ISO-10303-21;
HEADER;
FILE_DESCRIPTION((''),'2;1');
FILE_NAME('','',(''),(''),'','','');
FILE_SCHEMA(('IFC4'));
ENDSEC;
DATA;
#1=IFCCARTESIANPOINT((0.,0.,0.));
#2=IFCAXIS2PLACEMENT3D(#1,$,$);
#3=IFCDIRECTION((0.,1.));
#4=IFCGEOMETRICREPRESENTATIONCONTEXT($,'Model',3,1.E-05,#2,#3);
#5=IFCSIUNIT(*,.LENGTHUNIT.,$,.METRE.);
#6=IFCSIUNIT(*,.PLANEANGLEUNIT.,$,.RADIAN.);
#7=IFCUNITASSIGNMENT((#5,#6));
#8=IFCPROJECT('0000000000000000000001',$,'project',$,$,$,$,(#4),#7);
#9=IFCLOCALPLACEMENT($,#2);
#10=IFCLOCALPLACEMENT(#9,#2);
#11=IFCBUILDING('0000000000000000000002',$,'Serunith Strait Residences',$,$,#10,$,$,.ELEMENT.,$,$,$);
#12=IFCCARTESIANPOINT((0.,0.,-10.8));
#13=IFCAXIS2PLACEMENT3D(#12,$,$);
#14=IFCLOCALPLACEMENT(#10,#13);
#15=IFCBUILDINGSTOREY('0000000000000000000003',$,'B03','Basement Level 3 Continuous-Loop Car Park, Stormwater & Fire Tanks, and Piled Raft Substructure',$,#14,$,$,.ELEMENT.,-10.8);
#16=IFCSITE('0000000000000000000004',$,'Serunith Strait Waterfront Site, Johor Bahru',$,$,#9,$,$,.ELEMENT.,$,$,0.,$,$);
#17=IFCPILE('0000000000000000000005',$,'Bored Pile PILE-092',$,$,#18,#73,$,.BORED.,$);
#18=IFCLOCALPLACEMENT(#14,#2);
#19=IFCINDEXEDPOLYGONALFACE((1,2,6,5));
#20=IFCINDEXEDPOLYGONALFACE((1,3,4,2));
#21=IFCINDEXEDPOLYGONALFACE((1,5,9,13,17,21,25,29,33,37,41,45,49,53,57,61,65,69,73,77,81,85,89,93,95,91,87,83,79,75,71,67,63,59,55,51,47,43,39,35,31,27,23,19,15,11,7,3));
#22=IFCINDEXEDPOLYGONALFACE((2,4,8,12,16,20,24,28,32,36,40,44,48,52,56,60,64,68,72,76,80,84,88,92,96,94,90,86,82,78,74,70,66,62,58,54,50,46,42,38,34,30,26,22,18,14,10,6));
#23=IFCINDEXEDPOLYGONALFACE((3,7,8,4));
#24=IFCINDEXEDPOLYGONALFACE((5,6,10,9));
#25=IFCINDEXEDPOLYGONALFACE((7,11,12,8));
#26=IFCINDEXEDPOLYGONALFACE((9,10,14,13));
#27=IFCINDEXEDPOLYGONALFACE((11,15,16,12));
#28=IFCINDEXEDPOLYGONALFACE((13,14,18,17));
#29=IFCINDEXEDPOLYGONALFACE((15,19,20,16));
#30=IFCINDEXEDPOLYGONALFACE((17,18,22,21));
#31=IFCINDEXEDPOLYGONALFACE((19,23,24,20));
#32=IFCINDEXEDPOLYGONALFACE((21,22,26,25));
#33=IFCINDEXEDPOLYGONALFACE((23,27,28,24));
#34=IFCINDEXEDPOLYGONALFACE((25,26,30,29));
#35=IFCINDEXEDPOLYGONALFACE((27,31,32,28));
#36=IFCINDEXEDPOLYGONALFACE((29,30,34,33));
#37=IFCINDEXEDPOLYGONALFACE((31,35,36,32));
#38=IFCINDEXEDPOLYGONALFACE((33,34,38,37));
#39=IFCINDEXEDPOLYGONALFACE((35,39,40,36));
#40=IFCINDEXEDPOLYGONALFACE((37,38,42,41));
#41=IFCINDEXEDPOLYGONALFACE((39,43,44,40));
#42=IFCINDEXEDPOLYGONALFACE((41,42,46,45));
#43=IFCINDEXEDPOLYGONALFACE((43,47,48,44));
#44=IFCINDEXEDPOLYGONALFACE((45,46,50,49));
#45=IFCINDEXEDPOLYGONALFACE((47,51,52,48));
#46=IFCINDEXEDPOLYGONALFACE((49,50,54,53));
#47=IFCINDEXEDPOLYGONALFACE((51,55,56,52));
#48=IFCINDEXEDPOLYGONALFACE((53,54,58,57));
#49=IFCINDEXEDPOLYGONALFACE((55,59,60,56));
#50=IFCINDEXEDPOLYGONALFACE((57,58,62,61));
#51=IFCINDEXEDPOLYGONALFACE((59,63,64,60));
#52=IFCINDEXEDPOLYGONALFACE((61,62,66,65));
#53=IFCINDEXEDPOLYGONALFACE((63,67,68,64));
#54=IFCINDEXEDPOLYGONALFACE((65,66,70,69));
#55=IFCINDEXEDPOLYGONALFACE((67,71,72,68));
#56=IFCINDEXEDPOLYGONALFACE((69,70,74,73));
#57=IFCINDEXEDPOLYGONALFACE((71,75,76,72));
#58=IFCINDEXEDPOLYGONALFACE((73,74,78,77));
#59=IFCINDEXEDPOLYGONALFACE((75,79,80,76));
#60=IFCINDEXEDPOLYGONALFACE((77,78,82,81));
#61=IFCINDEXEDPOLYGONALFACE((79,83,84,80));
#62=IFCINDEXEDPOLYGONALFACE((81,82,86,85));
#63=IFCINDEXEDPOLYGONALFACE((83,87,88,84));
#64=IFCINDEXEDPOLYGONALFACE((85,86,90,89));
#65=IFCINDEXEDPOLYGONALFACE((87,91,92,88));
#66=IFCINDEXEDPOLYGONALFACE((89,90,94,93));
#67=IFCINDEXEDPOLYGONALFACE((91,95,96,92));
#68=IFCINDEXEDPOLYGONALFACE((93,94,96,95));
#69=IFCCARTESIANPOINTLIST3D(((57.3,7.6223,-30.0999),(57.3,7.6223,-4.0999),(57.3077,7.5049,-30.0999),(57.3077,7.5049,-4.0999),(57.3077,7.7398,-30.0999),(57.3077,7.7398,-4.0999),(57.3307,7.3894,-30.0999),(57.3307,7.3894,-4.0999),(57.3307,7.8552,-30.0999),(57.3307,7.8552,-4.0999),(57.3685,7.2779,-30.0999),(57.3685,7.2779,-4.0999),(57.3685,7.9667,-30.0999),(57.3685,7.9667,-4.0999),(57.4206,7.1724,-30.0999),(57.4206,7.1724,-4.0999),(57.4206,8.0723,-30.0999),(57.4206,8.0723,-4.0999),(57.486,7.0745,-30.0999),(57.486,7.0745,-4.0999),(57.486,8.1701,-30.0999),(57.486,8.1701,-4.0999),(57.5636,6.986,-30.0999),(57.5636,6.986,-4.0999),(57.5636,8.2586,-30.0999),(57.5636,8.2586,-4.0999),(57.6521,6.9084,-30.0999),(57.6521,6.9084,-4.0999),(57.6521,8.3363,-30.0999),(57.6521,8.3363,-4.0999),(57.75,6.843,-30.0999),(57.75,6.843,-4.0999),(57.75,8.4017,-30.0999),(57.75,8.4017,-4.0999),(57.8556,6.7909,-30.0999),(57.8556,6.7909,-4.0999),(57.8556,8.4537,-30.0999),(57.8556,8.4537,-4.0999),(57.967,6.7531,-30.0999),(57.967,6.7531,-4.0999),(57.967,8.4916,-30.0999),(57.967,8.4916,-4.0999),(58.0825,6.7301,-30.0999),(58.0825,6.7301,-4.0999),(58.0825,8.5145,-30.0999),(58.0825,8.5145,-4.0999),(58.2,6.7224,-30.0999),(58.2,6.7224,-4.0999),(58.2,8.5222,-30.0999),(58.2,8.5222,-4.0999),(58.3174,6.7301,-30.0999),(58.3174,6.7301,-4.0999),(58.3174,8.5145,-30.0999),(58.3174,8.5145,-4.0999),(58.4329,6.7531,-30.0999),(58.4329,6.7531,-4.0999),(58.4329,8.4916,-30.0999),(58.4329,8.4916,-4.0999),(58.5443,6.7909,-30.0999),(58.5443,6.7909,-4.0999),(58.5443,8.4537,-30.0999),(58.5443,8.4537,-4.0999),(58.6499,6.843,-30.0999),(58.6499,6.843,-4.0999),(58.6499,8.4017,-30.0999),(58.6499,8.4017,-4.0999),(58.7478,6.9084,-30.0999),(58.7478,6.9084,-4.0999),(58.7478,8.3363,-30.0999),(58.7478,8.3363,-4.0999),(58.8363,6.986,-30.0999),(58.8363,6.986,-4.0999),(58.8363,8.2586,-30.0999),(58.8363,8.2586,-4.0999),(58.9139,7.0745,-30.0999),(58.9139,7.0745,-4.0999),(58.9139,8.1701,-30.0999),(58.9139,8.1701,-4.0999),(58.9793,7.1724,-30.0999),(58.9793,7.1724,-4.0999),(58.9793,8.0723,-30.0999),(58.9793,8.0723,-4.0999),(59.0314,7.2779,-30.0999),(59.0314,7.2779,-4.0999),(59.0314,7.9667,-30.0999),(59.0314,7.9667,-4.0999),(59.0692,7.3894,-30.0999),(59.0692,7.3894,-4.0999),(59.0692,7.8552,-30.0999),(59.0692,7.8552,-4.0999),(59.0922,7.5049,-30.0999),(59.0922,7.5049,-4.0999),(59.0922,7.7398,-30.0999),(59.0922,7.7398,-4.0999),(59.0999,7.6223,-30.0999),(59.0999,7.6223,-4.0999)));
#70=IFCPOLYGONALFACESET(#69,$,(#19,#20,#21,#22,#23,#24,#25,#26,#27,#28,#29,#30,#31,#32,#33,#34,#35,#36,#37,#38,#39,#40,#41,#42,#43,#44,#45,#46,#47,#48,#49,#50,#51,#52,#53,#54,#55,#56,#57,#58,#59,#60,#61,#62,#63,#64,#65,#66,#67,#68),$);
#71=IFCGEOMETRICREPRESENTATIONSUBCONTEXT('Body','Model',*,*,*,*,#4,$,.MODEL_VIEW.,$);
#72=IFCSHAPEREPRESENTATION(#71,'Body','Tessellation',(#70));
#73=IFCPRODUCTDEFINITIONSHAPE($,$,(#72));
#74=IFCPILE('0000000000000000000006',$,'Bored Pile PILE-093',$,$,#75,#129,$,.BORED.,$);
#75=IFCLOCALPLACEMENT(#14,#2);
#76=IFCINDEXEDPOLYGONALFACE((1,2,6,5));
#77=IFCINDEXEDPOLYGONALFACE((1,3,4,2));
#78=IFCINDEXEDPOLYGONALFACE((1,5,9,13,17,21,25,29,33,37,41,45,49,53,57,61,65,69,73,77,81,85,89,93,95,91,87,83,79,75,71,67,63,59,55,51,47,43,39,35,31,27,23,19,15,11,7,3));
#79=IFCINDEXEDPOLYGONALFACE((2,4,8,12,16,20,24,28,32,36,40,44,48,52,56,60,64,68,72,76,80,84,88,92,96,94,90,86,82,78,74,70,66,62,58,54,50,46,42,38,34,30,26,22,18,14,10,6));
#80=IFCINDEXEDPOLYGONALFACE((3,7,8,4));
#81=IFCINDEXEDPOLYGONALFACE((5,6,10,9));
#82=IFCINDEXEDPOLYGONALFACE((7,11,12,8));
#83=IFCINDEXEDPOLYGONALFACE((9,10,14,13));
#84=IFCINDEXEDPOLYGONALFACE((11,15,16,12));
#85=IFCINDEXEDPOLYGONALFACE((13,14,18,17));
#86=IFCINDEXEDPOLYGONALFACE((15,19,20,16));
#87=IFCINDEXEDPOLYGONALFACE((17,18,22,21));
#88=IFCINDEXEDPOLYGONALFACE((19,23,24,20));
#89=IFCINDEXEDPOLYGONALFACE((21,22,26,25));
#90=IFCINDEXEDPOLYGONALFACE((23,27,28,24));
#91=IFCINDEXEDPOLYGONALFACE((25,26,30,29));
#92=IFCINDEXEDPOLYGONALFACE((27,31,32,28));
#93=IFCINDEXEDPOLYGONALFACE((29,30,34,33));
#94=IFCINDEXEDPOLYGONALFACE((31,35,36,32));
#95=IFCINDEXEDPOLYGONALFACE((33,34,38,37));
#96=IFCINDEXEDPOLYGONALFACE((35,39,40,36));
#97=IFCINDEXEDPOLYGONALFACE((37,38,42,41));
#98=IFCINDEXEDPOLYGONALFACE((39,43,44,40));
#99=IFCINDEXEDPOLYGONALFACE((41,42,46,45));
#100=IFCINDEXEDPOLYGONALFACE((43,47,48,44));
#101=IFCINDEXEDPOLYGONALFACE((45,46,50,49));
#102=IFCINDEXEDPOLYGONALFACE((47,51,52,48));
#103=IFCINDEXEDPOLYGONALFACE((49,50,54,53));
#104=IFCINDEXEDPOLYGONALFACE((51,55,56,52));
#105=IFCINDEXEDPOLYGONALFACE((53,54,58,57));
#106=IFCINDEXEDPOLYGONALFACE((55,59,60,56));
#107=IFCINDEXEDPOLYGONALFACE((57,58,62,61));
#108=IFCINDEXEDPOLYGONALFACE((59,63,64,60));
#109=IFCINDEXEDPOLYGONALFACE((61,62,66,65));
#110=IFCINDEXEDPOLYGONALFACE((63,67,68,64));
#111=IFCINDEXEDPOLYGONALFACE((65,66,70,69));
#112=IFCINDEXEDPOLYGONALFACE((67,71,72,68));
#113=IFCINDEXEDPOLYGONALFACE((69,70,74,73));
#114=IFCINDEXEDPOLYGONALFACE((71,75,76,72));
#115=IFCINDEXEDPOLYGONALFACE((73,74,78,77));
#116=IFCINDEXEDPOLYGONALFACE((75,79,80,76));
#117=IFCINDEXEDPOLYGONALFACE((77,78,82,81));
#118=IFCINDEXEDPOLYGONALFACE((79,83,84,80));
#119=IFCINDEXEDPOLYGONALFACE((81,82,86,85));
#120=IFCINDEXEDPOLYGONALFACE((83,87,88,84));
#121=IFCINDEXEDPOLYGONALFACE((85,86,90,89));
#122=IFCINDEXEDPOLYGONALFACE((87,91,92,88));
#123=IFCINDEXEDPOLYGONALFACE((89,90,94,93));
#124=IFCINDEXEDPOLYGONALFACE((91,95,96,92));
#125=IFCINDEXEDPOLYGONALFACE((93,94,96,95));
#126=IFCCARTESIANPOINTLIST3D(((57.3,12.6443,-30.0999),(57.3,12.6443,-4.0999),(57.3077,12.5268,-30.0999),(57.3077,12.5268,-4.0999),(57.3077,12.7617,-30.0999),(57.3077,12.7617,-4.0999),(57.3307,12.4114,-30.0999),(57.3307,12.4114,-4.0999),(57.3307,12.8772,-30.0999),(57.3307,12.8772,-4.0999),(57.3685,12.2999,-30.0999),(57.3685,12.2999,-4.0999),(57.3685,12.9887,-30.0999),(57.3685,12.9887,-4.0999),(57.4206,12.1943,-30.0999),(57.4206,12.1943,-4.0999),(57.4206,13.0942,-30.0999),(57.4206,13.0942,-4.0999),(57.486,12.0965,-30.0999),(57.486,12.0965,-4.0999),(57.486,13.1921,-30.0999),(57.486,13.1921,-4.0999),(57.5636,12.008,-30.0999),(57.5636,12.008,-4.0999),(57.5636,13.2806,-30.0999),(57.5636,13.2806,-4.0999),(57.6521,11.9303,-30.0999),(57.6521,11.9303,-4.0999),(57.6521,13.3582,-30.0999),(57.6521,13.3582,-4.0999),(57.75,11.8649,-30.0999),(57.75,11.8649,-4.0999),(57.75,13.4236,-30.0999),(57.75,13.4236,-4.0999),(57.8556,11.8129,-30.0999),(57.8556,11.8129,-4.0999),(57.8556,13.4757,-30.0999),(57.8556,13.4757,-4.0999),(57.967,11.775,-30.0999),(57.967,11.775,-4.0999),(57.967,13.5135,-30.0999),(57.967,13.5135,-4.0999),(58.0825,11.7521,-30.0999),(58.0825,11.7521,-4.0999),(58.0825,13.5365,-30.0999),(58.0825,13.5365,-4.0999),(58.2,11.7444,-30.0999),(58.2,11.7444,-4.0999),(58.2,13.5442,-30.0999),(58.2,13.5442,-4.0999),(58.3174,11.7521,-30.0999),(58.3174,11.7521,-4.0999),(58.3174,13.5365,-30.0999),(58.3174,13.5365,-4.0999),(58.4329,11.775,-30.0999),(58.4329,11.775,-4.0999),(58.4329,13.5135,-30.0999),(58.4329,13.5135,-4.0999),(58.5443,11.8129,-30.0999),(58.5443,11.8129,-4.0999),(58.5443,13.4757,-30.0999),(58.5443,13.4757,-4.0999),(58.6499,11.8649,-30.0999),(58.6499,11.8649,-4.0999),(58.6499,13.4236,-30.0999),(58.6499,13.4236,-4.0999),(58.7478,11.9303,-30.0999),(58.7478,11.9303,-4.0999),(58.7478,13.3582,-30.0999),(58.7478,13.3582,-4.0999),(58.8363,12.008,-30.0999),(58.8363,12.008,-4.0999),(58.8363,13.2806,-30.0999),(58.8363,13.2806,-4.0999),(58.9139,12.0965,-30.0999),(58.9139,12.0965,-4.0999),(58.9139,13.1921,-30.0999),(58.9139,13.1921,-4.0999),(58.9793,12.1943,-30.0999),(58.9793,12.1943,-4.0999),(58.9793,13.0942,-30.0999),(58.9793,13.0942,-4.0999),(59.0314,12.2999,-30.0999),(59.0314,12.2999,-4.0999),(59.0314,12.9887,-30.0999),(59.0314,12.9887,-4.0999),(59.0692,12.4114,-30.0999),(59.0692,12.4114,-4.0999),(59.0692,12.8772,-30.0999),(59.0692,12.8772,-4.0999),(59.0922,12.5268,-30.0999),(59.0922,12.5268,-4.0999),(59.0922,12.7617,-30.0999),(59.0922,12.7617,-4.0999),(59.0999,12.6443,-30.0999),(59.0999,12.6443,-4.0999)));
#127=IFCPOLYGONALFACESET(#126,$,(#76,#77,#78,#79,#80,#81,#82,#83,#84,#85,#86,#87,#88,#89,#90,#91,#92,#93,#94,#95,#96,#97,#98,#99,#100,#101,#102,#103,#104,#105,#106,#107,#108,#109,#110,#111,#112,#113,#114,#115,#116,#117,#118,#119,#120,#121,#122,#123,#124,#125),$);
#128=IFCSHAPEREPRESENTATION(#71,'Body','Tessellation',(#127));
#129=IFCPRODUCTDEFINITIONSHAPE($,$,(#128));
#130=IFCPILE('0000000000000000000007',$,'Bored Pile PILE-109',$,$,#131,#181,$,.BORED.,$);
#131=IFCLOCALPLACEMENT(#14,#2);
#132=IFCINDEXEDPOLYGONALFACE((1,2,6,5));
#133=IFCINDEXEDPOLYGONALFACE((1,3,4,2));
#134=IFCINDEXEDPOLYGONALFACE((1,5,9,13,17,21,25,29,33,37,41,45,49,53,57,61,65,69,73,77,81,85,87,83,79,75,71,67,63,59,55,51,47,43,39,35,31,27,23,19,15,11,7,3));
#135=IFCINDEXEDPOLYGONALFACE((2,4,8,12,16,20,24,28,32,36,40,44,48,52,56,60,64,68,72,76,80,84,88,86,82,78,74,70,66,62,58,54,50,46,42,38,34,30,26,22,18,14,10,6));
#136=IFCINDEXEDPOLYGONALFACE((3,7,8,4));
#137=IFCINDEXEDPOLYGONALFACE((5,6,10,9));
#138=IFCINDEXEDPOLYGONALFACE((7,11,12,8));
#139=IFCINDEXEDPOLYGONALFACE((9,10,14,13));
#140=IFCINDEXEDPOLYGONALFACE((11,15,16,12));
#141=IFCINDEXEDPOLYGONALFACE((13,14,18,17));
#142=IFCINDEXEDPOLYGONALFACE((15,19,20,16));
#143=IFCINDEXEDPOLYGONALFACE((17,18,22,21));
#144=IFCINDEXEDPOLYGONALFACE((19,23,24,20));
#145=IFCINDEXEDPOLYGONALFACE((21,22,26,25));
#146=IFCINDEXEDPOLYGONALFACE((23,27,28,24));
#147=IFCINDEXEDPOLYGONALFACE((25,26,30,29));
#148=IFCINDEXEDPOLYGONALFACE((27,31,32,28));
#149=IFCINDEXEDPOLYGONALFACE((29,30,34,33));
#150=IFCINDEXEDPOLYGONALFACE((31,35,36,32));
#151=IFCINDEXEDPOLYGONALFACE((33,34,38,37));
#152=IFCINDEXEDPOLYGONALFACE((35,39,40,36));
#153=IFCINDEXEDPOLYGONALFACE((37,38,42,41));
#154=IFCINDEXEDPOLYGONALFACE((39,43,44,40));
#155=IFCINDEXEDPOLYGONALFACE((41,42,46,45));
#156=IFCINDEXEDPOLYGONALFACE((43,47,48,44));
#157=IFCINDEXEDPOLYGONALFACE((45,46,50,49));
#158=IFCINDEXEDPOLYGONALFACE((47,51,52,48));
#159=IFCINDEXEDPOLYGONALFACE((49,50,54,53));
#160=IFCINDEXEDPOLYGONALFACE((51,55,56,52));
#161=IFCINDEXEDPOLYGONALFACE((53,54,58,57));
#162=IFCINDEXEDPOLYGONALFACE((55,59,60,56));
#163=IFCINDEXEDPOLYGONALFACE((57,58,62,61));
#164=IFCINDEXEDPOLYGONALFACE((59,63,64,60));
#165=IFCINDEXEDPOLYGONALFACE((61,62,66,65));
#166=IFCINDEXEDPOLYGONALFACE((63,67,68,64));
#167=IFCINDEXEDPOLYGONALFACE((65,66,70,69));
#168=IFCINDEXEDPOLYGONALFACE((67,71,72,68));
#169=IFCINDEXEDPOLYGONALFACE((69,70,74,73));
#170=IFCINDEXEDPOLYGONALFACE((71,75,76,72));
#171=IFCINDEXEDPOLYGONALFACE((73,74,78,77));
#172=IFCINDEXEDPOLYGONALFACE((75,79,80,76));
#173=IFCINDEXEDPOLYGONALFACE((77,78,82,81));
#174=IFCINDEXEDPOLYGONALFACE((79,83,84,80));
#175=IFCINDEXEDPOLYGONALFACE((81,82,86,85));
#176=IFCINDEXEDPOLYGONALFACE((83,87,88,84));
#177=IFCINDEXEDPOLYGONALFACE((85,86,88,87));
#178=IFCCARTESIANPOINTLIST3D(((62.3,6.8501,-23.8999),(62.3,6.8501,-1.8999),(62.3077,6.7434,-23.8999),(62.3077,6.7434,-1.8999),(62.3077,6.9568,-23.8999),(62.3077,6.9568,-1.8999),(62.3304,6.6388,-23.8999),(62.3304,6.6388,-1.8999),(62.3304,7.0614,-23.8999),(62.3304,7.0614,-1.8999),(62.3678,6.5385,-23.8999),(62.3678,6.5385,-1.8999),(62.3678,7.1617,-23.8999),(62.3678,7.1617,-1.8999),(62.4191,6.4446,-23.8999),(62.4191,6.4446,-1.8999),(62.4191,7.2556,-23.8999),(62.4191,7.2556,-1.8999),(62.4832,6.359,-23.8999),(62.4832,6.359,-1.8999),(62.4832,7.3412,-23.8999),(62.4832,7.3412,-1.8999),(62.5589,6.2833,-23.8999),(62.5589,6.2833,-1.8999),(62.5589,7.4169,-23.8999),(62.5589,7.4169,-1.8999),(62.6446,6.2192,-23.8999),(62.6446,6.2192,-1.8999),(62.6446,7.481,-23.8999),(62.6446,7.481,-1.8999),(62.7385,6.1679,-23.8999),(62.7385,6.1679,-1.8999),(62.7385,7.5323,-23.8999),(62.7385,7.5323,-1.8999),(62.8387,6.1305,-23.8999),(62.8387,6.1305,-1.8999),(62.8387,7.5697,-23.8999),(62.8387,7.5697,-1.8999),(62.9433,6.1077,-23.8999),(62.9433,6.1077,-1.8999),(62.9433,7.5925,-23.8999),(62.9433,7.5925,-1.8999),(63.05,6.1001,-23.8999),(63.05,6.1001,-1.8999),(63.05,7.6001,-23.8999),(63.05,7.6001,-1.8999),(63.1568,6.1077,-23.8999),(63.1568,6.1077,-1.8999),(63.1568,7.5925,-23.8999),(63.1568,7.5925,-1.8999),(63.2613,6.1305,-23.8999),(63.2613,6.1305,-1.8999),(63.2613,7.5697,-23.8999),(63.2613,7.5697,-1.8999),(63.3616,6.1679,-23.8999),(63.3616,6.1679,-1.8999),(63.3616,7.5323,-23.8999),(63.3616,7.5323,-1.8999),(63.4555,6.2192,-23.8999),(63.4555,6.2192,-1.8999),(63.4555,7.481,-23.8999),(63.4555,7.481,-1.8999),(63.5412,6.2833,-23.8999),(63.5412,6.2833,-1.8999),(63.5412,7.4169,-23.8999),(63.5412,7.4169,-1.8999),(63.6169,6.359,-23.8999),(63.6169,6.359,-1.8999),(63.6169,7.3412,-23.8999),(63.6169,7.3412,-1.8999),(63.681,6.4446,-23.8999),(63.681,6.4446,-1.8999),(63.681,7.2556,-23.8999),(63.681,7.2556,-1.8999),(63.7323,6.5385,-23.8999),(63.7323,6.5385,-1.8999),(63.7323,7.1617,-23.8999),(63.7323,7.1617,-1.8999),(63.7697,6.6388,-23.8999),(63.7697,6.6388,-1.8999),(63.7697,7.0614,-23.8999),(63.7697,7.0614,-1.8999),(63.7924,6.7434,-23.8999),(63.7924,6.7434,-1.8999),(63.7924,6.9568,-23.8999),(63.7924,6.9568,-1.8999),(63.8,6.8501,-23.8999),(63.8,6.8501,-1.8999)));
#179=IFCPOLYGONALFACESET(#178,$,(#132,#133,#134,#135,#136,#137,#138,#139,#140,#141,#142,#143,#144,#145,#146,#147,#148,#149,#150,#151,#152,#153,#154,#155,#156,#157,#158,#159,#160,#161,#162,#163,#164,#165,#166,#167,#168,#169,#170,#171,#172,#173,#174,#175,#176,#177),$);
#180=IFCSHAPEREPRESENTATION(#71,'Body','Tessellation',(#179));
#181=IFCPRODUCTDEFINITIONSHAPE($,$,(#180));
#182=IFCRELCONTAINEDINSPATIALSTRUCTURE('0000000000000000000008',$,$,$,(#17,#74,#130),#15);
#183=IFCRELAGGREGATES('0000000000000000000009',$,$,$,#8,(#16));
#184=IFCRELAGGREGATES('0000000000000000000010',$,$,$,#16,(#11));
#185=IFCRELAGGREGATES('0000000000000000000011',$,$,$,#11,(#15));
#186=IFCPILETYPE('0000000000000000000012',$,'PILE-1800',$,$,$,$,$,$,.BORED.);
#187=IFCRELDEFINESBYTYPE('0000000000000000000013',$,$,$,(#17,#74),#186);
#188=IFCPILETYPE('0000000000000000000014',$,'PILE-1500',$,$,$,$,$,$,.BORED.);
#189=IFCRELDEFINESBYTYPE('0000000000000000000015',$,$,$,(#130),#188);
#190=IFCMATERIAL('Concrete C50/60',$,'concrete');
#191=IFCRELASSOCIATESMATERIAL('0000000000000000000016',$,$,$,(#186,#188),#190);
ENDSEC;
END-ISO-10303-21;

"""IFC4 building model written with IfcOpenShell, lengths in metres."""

from ifc_helpers import new_model, si_unit, direction, frame, origin, origin_2d, place, context, subcontext, project, spatial, circle, extrude, source, transform, mapped, material, material_profile, profile_set, type_object, element, save


model = new_model("IFC4")

# Units and contexts
model_context = context("Model", 3, precision=1e-05, world=origin(), true_north=direction((0.0, 1.0)))
body_context = subcontext(model_context, "Body", "Model", "MODEL_VIEW")
ifc_project = project(units=[si_unit("LENGTHUNIT", "METRE"), si_unit("PLANEANGLEUNIT", "RADIAN")], contexts=[model_context])

# Site, building, storey
site_placement = place(None, origin())
site = spatial("IfcSite", under=ifc_project, at=site_placement, Name="Serunith Strait Waterfront Site, Johor Bahru", CompositionType="ELEMENT", RefElevation=0.0)
building_placement = place(site_placement, origin())
building = spatial("IfcBuilding", under=site, at=building_placement, Name="Serunith Strait Residences", CompositionType="ELEMENT")
storey_placement = place(building_placement, frame((0.0, 0.0, -10.8)))
storey = spatial("IfcBuildingStorey", under=building, at=storey_placement, Name="B03", Description="Basement Level 3 Continuous-Loop Car Park, Stormwater & Fire Tanks, and Piled Raft Substructure", CompositionType="ELEMENT", Elevation=-10.8)

# Shared definitions
ifc_material_1 = material(Name="Concrete C50/60", Category="concrete")

# Piles
ifc_material_profile_1 = material_profile(ifc_material_1, circle(Radius=0.8999, at=origin_2d()), Name="PILE D1800")
ifc_profile_set_1 = profile_set([ifc_material_profile_1], Name="Concrete C50/60")
pile_type_1 = type_object("IfcPileType", Name="PILE-1800", PredefinedType="BORED", material=ifc_profile_set_1)
shared_shape_1 = source(origin(), body_context, "Body", "SweptSolid", [
    extrude(circle(Radius=0.8999, at=origin_2d()), origin(), (0.0, 0.0, 1.0), 26.0),
])
for number, where, z_axis, x_axis, name in (
    (1, (58.2, 7.6223, -4.0999), (0.0, 0.0, -1.0), (1.0, 0.0, 0.0), "Bored Pile PILE-092"),
    (2, (58.2, 12.6443, -4.0999), (0.0, 0.0, -1.0), (1.0, 0.0, 0.0), "Bored Pile PILE-093"),
):
    element("IfcPile", number, at=place(storey_placement, frame(where, z_axis=z_axis, x_axis=x_axis)), inside=storey, type_object=pile_type_1, Name=name, PredefinedType="BORED", context=body_context, shape_type="MappedRepresentation", body=[
        mapped(shared_shape_1, transform((0.0, 0.0, 0.0), scale=1.0)),
    ])
ifc_material_profile_2 = material_profile(ifc_material_1, circle(Radius=0.75, at=origin_2d()), Name="PILE D1500")
ifc_profile_set_2 = profile_set([ifc_material_profile_2], Name="Concrete C50/60")
pile_type_2 = type_object("IfcPileType", Name="PILE-1500", PredefinedType="BORED", material=ifc_profile_set_2)
shared_shape_2 = source(origin(), body_context, "Body", "SweptSolid", [
    extrude(circle(Radius=0.75, at=origin_2d()), origin(), (0.0, 0.0, 1.0), 22.0),
])
for number, where, z_axis, x_axis, name in (
    (3, (63.05, 6.8501, -1.8999), (0.0, 0.0, -1.0), (1.0, 0.0, 0.0), "Bored Pile PILE-109"),
):
    element("IfcPile", number, at=place(storey_placement, frame(where, z_axis=z_axis, x_axis=x_axis)), inside=storey, type_object=pile_type_2, Name=name, PredefinedType="BORED", context=body_context, shape_type="MappedRepresentation", body=[
        mapped(shared_shape_2, transform((0.0, 0.0, 0.0), scale=1.0)),
    ])

save(model, "model.ifc")
